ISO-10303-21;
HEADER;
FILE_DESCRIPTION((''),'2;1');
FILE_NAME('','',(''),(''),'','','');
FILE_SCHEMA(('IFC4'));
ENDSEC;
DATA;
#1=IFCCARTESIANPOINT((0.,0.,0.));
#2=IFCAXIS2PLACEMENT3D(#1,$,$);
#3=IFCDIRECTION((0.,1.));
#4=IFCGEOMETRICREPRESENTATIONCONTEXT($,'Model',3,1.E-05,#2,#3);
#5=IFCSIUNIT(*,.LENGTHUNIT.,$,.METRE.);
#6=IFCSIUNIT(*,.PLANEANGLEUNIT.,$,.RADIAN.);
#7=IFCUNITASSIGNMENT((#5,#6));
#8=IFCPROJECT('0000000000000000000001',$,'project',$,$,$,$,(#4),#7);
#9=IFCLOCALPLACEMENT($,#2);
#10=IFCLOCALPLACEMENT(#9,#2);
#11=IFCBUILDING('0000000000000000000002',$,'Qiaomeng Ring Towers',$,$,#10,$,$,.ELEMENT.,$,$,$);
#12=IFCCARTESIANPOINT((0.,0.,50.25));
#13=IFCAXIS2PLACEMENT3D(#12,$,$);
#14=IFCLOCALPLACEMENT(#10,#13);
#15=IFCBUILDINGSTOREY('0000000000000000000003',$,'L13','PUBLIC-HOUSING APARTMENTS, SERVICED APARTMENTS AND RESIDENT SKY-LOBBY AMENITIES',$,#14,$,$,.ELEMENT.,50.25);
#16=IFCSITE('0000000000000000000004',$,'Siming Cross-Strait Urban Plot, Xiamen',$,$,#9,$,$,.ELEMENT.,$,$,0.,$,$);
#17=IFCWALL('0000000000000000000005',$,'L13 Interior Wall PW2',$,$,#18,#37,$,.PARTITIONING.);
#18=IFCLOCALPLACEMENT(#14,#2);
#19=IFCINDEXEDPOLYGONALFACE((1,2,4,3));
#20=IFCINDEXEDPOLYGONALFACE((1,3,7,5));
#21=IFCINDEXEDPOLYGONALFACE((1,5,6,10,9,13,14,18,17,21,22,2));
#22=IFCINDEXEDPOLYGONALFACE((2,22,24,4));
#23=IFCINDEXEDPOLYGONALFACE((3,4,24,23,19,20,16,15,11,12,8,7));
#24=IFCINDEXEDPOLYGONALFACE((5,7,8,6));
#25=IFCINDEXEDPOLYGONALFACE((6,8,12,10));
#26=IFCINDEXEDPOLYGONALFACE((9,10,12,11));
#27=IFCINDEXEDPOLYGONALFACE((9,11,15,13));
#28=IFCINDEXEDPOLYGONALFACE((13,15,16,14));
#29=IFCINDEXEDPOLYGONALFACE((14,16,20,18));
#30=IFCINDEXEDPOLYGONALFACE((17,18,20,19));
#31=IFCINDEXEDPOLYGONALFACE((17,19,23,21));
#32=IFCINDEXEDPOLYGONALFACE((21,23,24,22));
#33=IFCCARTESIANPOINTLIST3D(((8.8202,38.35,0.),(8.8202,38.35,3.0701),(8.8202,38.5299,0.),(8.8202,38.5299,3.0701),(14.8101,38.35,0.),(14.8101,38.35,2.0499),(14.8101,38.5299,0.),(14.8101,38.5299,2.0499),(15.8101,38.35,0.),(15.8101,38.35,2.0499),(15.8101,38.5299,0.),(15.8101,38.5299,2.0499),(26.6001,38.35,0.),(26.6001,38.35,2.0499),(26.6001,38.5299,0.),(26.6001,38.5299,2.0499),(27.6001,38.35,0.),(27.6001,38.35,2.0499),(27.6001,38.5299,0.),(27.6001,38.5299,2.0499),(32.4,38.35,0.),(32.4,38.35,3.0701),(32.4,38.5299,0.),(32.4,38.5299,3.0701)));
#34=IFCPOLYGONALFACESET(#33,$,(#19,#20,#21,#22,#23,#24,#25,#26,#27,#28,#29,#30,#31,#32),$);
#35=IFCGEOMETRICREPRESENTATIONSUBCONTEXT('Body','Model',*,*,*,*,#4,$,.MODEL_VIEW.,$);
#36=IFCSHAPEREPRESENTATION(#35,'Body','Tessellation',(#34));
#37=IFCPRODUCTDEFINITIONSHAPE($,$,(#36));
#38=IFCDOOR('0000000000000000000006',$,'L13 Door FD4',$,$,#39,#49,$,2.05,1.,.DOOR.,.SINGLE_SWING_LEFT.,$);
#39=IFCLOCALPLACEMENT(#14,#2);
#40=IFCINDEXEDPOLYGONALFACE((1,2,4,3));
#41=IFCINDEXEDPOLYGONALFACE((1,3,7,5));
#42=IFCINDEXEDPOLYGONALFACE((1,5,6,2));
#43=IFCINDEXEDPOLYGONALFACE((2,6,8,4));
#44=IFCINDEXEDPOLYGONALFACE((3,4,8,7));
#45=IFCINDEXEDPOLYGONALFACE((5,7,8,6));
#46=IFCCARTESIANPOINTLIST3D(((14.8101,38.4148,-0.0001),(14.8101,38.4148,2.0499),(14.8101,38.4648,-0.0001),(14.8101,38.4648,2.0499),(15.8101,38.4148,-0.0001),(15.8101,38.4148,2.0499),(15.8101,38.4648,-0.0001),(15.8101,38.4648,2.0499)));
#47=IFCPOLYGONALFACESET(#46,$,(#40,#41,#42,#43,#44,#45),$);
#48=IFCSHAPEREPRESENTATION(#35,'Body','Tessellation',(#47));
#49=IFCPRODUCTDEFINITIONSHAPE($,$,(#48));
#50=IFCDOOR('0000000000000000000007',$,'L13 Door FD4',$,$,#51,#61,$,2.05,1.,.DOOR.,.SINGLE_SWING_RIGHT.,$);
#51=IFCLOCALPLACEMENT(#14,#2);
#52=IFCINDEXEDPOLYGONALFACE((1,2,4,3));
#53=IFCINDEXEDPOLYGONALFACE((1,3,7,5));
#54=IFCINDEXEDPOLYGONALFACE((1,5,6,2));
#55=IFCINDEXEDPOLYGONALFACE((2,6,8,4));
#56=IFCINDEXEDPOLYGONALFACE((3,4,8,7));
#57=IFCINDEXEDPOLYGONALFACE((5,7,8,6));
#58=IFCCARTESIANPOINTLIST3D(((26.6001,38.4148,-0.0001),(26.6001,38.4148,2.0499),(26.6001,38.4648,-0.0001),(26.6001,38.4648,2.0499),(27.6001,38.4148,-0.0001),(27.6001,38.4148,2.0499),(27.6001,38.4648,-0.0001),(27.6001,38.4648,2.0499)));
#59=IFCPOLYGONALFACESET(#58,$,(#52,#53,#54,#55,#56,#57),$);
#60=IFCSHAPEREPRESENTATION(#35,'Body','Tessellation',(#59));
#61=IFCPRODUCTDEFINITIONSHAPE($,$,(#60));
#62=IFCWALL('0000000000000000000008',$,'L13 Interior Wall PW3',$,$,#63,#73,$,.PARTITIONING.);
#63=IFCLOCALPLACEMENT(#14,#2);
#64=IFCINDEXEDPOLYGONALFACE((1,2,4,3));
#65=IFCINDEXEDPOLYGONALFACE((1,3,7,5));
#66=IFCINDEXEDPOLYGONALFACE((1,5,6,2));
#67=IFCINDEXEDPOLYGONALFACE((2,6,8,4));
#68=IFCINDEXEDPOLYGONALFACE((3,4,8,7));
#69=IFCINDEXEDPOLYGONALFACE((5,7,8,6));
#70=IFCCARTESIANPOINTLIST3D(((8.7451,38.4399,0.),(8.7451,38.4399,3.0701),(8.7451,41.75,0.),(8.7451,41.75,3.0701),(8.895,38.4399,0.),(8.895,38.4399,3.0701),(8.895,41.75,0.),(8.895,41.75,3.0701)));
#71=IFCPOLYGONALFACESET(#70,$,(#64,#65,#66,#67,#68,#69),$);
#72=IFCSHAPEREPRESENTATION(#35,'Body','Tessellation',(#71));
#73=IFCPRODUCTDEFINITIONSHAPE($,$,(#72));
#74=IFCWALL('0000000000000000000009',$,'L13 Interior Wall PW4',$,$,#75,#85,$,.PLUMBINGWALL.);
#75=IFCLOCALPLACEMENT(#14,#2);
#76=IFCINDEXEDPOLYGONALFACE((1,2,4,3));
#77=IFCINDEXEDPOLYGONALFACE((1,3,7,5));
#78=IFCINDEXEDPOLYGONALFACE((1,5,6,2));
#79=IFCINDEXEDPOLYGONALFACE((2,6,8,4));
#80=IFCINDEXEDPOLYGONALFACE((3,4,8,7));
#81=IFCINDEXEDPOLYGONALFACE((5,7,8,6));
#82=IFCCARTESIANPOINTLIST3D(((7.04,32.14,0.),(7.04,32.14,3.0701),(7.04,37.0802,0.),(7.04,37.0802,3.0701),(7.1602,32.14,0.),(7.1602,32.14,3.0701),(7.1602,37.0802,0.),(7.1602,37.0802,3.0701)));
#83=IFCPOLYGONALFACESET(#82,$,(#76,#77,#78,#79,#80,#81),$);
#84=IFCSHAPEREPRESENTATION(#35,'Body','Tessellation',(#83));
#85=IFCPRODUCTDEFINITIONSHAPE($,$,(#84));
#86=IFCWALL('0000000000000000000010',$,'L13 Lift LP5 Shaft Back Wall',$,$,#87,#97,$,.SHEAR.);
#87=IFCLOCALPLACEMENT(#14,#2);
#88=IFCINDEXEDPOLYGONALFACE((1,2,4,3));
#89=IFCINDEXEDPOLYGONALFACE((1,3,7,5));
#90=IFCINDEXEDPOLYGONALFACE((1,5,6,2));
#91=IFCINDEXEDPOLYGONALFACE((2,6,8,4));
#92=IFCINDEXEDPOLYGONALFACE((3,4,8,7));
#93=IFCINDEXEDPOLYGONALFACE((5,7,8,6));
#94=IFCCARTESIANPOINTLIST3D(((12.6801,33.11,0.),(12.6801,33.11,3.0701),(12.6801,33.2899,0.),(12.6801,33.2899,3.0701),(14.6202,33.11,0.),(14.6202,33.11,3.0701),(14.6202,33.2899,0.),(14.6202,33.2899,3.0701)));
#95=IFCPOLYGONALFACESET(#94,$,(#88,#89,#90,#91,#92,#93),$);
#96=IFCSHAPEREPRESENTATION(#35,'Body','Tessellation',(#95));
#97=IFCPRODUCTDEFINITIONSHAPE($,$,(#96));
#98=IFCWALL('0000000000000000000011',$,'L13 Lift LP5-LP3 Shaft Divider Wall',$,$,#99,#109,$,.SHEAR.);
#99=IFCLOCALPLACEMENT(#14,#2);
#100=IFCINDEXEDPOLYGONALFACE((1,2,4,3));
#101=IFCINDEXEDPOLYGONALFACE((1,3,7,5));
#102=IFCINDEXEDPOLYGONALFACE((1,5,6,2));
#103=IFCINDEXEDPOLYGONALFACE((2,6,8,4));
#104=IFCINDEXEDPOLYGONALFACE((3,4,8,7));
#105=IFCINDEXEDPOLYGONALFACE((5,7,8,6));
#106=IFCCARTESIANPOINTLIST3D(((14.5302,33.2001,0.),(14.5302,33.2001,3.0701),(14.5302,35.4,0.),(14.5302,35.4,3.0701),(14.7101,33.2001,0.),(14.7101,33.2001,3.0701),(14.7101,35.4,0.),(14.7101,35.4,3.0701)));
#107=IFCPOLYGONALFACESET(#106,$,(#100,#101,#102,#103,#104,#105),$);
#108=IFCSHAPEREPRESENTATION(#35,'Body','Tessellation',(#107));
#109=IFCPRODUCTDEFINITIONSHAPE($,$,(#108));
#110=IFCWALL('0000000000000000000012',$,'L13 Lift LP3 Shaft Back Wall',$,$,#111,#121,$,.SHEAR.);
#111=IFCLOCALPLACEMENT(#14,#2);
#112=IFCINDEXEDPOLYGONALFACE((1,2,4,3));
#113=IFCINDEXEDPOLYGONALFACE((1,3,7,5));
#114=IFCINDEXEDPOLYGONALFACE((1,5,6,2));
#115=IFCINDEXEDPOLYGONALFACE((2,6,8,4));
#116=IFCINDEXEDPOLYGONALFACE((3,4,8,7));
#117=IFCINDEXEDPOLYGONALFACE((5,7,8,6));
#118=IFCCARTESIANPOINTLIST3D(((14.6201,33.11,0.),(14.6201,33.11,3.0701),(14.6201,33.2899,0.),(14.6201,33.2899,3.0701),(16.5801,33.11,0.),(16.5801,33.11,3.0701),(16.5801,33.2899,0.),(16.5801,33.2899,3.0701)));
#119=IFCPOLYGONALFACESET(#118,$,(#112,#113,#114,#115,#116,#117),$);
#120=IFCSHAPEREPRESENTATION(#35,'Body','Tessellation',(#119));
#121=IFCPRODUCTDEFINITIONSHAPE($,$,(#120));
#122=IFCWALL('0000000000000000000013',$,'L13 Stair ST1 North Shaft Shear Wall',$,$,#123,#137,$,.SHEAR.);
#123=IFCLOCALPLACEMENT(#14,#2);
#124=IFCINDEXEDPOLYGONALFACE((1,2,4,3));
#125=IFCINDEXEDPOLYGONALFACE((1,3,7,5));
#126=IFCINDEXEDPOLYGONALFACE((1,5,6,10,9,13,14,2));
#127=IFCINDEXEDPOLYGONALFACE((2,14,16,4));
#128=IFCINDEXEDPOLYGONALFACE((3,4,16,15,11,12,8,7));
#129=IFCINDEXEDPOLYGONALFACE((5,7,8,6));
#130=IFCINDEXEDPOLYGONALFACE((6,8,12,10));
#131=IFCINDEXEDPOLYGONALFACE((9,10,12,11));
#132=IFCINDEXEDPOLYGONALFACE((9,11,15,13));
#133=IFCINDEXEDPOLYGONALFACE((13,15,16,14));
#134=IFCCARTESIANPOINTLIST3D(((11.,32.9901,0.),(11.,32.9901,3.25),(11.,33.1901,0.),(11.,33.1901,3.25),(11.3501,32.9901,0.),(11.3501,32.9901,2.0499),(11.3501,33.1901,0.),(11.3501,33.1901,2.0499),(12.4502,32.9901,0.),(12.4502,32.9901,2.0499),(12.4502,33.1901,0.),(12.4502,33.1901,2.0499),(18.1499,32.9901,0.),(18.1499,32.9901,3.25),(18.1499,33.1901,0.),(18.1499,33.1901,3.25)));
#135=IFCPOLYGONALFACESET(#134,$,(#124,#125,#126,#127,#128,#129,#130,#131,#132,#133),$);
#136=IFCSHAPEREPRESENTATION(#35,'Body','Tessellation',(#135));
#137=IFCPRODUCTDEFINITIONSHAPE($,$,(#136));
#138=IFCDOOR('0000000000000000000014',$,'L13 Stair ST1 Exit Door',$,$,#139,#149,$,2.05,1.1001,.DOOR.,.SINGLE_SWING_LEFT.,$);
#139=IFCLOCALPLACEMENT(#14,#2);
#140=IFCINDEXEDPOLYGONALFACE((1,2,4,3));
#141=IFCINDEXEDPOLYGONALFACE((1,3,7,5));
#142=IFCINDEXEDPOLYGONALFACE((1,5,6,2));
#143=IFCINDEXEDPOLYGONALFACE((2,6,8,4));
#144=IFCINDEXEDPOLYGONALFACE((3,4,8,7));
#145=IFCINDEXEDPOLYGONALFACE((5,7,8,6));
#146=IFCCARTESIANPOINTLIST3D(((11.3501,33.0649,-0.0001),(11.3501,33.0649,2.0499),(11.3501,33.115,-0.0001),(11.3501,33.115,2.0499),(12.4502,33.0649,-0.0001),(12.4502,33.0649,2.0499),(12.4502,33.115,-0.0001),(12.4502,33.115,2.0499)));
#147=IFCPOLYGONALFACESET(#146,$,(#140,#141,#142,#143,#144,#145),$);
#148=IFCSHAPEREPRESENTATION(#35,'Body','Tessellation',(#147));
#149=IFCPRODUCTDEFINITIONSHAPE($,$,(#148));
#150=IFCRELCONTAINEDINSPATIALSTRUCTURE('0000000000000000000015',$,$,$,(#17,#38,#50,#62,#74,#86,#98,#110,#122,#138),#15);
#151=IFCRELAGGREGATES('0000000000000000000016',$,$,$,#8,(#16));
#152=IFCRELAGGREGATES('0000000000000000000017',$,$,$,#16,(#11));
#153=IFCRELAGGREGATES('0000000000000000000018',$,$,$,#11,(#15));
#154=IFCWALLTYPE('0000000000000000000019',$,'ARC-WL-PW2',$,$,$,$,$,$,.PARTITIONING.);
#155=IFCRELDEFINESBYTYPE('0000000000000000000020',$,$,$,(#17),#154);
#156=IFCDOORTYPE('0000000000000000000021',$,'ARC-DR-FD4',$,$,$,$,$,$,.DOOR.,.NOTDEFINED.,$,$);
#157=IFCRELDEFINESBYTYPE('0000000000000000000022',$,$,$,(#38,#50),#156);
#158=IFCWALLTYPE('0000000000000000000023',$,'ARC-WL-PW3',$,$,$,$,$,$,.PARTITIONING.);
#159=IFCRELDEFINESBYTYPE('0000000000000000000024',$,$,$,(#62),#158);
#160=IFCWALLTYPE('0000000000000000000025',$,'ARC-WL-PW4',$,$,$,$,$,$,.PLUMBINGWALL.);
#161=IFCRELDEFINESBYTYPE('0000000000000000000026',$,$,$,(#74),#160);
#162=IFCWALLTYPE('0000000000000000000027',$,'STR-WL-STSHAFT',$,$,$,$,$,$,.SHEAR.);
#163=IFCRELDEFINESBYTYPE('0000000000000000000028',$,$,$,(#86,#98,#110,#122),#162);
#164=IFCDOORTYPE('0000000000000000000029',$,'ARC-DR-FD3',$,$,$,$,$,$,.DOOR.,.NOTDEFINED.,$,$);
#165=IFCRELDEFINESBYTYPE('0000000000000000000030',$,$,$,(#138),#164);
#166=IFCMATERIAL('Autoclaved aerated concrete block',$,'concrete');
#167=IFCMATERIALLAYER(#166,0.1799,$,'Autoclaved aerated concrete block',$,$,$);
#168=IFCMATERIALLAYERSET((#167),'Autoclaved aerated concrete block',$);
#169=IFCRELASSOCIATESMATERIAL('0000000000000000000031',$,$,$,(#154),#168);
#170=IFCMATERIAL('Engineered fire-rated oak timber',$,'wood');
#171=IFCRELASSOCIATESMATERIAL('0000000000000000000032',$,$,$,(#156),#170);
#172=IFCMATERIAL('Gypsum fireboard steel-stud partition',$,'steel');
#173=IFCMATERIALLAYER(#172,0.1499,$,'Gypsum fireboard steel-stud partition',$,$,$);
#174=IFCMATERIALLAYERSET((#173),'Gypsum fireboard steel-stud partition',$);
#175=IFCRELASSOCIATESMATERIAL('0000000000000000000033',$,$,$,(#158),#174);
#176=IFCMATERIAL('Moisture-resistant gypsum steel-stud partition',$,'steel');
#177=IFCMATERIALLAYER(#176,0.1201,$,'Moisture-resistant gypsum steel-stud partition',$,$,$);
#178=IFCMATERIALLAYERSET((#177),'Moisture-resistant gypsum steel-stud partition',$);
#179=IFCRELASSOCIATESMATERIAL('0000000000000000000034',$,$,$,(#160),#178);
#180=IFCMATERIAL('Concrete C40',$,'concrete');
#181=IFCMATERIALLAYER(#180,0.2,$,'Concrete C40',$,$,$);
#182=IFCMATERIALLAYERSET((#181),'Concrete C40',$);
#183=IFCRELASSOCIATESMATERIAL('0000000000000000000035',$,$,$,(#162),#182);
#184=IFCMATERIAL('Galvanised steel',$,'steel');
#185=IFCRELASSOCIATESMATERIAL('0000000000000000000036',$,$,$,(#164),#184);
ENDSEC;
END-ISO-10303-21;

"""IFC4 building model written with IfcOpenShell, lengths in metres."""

from ifc_helpers import new_model, si_unit, direction, frame, frame_2d, origin, place, context, subcontext, project, spatial, rectangle, extrude, source, transform, mapped, material, layer, layer_set, type_object, element, fill, save


model = new_model("IFC4")

# Units and contexts
model_context = context("Model", 3, precision=1e-05, world=origin(), true_north=direction((0.0, 1.0)))
body_context = subcontext(model_context, "Body", "Model", "MODEL_VIEW")
ifc_project = project(units=[si_unit("LENGTHUNIT", "METRE"), si_unit("PLANEANGLEUNIT", "RADIAN")], contexts=[model_context])

# Site, building, storey
site_placement = place(None, origin())
site = spatial("IfcSite", under=ifc_project, at=site_placement, Name="Siming Cross-Strait Urban Plot, Xiamen", CompositionType="ELEMENT", RefElevation=0.0)
building_placement = place(site_placement, origin())
building = spatial("IfcBuilding", under=site, at=building_placement, Name="Qiaomeng Ring Towers", CompositionType="ELEMENT")
storey_placement = place(building_placement, frame((0.0, 0.0, 50.25)))
storey = spatial("IfcBuildingStorey", under=building, at=storey_placement, Name="L13", Description="PUBLIC-HOUSING APARTMENTS, SERVICED APARTMENTS AND RESIDENT SKY-LOBBY AMENITIES", CompositionType="ELEMENT", Elevation=50.25)

# Shared definitions
ifc_material_1 = material(Name="Autoclaved aerated concrete block", Category="concrete")

# Wall, openings, doors
ifc_layer_1 = layer(ifc_material_1, 0.1799, Name="Autoclaved aerated concrete block")
ifc_layer_set_1 = layer_set([ifc_layer_1], Name="Autoclaved aerated concrete block")
wall_type_1 = type_object("IfcWallType", Name="ARC-WL-PW2", PredefinedType="PARTITIONING", material=ifc_layer_set_1)
wall_1_placement = place(storey_placement, frame((8.8201, 38.4399, 0.0), z_axis=(0.0, 0.0, 1.0), x_axis=(1.0, 0.0, 0.0)))
wall_1 = element("IfcWall", 1, at=wall_1_placement, inside=storey, type_object=wall_type_1, Name="L13 Interior Wall PW2", PredefinedType="PARTITIONING", context=body_context, shape_type="SweptSolid", body=[
    extrude(rectangle(XDim=23.5798, YDim=0.1799, at=frame_2d((11.79, 0.0))), origin(), (0.0, 0.0, 1.0), 3.0701),
])
opening_1_placement = place(wall_1_placement, frame((5.99, 0.0, 0.0)))
opening_1 = element("IfcOpeningElement", 2, at=opening_1_placement, cuts=wall_1, PredefinedType="OPENING", context=body_context, shape_type="SweptSolid", body=[
    extrude(rectangle(XDim=1.0, YDim=2.05, at=frame_2d((0.5, 1.0249))), frame((0.0, 0.0999, 0.0), z_axis=(0.0, -1.0, 0.0), x_axis=(1.0, 0.0, 0.0)), (0.0, 0.0, 1.0), 0.2),
])
opening_2_placement = place(wall_1_placement, frame((17.78, 0.0, 0.0)))
opening_2 = element("IfcOpeningElement", 3, at=opening_2_placement, cuts=wall_1, PredefinedType="OPENING", context=body_context, shape_type="SweptSolid", body=[
    extrude(rectangle(XDim=1.0, YDim=2.05, at=frame_2d((0.5, 1.0249))), frame((0.0, 0.0999, 0.0), z_axis=(0.0, -1.0, 0.0), x_axis=(1.0, 0.0, 0.0)), (0.0, 0.0, 1.0), 0.2),
])
ifc_material_2 = material(Name="Engineered fire-rated oak timber", Category="wood")
door_type_1 = type_object("IfcDoorType", Name="ARC-DR-FD4", OperationType="NOTDEFINED", PredefinedType="DOOR", material=ifc_material_2)
shared_shape_1 = source(origin(), body_context, "Body", "SweptSolid", [
    extrude(rectangle(XDim=1.0, YDim=2.05, at=frame_2d((0.5, 1.0249))), frame((0.0, 0.0249, 0.0), z_axis=(0.0, -1.0, 0.0), x_axis=(1.0, 0.0, 0.0)), (0.0, 0.0, 1.0), 0.05),
])
door_1_placement = place(opening_1_placement, origin())
door_1 = element("IfcDoor", 4, at=door_1_placement, inside=storey, type_object=door_type_1, Name="L13 Door FD4", OperationType="SINGLE_SWING_LEFT", OverallHeight=2.05, OverallWidth=1.0, PredefinedType="DOOR", context=body_context, shape_type="MappedRepresentation", body=[
    mapped(shared_shape_1, transform((0.0, 0.0, 0.0), x_axis=(1.0, 0.0, 0.0), y_axis=(0.0, 1.0, 0.0), z_axis=(0.0, 0.0, 1.0), scale=1.0)),
])
fill(opening_1, door_1)
door_2_placement = place(opening_2_placement, origin())
door_2 = element("IfcDoor", 5, at=door_2_placement, inside=storey, type_object=door_type_1, Name="L13 Door FD4", OperationType="SINGLE_SWING_RIGHT", OverallHeight=2.05, OverallWidth=1.0, PredefinedType="DOOR", context=body_context, shape_type="MappedRepresentation", body=[
    mapped(shared_shape_1, transform((0.0, 0.0, 0.0), x_axis=(1.0, 0.0, 0.0), y_axis=(0.0, 1.0, 0.0), z_axis=(0.0, 0.0, 1.0), scale=1.0)),
])
fill(opening_2, door_2)

# Walls
ifc_material_3 = material(Name="Gypsum fireboard steel-stud partition", Category="steel")
ifc_layer_2 = layer(ifc_material_3, 0.1499, Name="Gypsum fireboard steel-stud partition")
ifc_layer_set_2 = layer_set([ifc_layer_2], Name="Gypsum fireboard steel-stud partition")
wall_type_2 = type_object("IfcWallType", Name="ARC-WL-PW3", PredefinedType="PARTITIONING", material=ifc_layer_set_2)
wall_2_placement = place(storey_placement, frame((8.8201, 38.4399, 0.0), z_axis=(0.0, 0.0, 1.0), x_axis=(0.0, 1.0, 0.0)))
element("IfcWall", 6, at=wall_2_placement, inside=storey, type_object=wall_type_2, Name="L13 Interior Wall PW3", PredefinedType="PARTITIONING", context=body_context, shape_type="SweptSolid", body=[
    extrude(rectangle(XDim=3.3101, YDim=0.1499, at=frame_2d((1.655, 0.0))), origin(), (0.0, 0.0, 1.0), 3.0701),
])
ifc_material_4 = material(Name="Moisture-resistant gypsum steel-stud partition", Category="steel")
ifc_layer_3 = layer(ifc_material_4, 0.1201, Name="Moisture-resistant gypsum steel-stud partition")
ifc_layer_set_3 = layer_set([ifc_layer_3], Name="Moisture-resistant gypsum steel-stud partition")
wall_type_3 = type_object("IfcWallType", Name="ARC-WL-PW4", PredefinedType="PLUMBINGWALL", material=ifc_layer_set_3)
wall_3_placement = place(storey_placement, frame((7.1001, 32.1399, 0.0), z_axis=(0.0, 0.0, 1.0), x_axis=(0.0, 1.0, 0.0)))
element("IfcWall", 7, at=wall_3_placement, inside=storey, type_object=wall_type_3, Name="L13 Interior Wall PW4", PredefinedType="PLUMBINGWALL", context=body_context, shape_type="SweptSolid", body=[
    extrude(rectangle(XDim=4.9402, YDim=0.1201, at=frame_2d((2.4702, 0.0))), origin(), (0.0, 0.0, 1.0), 3.0701),
])
ifc_material_5 = material(Name="Concrete C40", Category="concrete")
ifc_layer_4 = layer(ifc_material_5, 0.2, Name="Concrete C40")
ifc_layer_set_4 = layer_set([ifc_layer_4], Name="Concrete C40")
wall_type_4 = type_object("IfcWallType", Name="STR-WL-STSHAFT", PredefinedType="SHEAR", material=ifc_layer_set_4)
wall_4_placement = place(storey_placement, frame((12.6799, 33.2, 0.0), z_axis=(0.0, 0.0, 1.0), x_axis=(1.0, 0.0, 0.0)))
element("IfcWall", 8, at=wall_4_placement, inside=storey, type_object=wall_type_4, Name="L13 Lift LP5 Shaft Back Wall", PredefinedType="SHEAR", context=body_context, shape_type="SweptSolid", body=[
    extrude(rectangle(XDim=1.9402, YDim=0.1799, at=frame_2d((0.9702, 0.0))), origin(), (0.0, 0.0, 1.0), 3.0701),
])
wall_5_placement = place(storey_placement, frame((14.6201, 33.2, 0.0), z_axis=(0.0, 0.0, 1.0), x_axis=(0.0, 1.0, 0.0)))
element("IfcWall", 9, at=wall_5_placement, inside=storey, type_object=wall_type_4, Name="L13 Lift LP5-LP3 Shaft Divider Wall", PredefinedType="SHEAR", context=body_context, shape_type="SweptSolid", body=[
    extrude(rectangle(XDim=2.2, YDim=0.1799, at=frame_2d((1.1001, 0.0))), origin(), (0.0, 0.0, 1.0), 3.0701),
])
wall_6_placement = place(storey_placement, frame((14.6201, 33.2, 0.0), z_axis=(0.0, 0.0, 1.0), x_axis=(1.0, 0.0, 0.0)))
element("IfcWall", 10, at=wall_6_placement, inside=storey, type_object=wall_type_4, Name="L13 Lift LP3 Shaft Back Wall", PredefinedType="SHEAR", context=body_context, shape_type="SweptSolid", body=[
    extrude(rectangle(XDim=1.96, YDim=0.1799, at=frame_2d((0.98, 0.0))), origin(), (0.0, 0.0, 1.0), 3.0701),
])

# Wall, opening, door
wall_7_placement = place(storey_placement, frame((11.0, 33.0901, 0.0), z_axis=(0.0, 0.0, 1.0), x_axis=(1.0, 0.0, 0.0)))
wall_7 = element("IfcWall", 11, at=wall_7_placement, inside=storey, type_object=wall_type_4, Name="L13 Stair ST1 North Shaft Shear Wall", PredefinedType="SHEAR", context=body_context, shape_type="SweptSolid", body=[
    extrude(rectangle(XDim=7.1499, YDim=0.2, at=frame_2d((3.575, 0.0))), origin(), (0.0, 0.0, 1.0), 3.25),
])
opening_3_placement = place(wall_7_placement, frame((0.3501, 0.0, 0.0)))
opening_3 = element("IfcOpeningElement", 12, at=opening_3_placement, cuts=wall_7, PredefinedType="OPENING", context=body_context, shape_type="SweptSolid", body=[
    extrude(rectangle(XDim=1.1001, YDim=2.05, at=frame_2d((0.55, 1.0249))), frame((0.0, 0.1099, 0.0), z_axis=(0.0, -1.0, 0.0), x_axis=(1.0, 0.0, 0.0)), (0.0, 0.0, 1.0), 0.22),
])
ifc_material_6 = material(Name="Galvanised steel", Category="steel")
door_type_2 = type_object("IfcDoorType", Name="ARC-DR-FD3", OperationType="NOTDEFINED", PredefinedType="DOOR", material=ifc_material_6)
shared_shape_2 = source(origin(), body_context, "Body", "SweptSolid", [
    extrude(rectangle(XDim=1.1001, YDim=2.05, at=frame_2d((0.55, 1.0249))), frame((0.0, 0.0249, 0.0), z_axis=(0.0, -1.0, 0.0), x_axis=(1.0, 0.0, 0.0)), (0.0, 0.0, 1.0), 0.05),
])
door_3_placement = place(opening_3_placement, origin())
door_3 = element("IfcDoor", 13, at=door_3_placement, inside=storey, type_object=door_type_2, Name="L13 Stair ST1 Exit Door", OperationType="SINGLE_SWING_LEFT", OverallHeight=2.05, OverallWidth=1.1001, PredefinedType="DOOR", context=body_context, shape_type="MappedRepresentation", body=[
    mapped(shared_shape_2, transform((0.0, 0.0, 0.0), x_axis=(1.0, 0.0, 0.0), y_axis=(0.0, 1.0, 0.0), z_axis=(0.0, 0.0, 1.0), scale=1.0)),
])
fill(opening_3, door_3)

save(model, "model.ifc")
